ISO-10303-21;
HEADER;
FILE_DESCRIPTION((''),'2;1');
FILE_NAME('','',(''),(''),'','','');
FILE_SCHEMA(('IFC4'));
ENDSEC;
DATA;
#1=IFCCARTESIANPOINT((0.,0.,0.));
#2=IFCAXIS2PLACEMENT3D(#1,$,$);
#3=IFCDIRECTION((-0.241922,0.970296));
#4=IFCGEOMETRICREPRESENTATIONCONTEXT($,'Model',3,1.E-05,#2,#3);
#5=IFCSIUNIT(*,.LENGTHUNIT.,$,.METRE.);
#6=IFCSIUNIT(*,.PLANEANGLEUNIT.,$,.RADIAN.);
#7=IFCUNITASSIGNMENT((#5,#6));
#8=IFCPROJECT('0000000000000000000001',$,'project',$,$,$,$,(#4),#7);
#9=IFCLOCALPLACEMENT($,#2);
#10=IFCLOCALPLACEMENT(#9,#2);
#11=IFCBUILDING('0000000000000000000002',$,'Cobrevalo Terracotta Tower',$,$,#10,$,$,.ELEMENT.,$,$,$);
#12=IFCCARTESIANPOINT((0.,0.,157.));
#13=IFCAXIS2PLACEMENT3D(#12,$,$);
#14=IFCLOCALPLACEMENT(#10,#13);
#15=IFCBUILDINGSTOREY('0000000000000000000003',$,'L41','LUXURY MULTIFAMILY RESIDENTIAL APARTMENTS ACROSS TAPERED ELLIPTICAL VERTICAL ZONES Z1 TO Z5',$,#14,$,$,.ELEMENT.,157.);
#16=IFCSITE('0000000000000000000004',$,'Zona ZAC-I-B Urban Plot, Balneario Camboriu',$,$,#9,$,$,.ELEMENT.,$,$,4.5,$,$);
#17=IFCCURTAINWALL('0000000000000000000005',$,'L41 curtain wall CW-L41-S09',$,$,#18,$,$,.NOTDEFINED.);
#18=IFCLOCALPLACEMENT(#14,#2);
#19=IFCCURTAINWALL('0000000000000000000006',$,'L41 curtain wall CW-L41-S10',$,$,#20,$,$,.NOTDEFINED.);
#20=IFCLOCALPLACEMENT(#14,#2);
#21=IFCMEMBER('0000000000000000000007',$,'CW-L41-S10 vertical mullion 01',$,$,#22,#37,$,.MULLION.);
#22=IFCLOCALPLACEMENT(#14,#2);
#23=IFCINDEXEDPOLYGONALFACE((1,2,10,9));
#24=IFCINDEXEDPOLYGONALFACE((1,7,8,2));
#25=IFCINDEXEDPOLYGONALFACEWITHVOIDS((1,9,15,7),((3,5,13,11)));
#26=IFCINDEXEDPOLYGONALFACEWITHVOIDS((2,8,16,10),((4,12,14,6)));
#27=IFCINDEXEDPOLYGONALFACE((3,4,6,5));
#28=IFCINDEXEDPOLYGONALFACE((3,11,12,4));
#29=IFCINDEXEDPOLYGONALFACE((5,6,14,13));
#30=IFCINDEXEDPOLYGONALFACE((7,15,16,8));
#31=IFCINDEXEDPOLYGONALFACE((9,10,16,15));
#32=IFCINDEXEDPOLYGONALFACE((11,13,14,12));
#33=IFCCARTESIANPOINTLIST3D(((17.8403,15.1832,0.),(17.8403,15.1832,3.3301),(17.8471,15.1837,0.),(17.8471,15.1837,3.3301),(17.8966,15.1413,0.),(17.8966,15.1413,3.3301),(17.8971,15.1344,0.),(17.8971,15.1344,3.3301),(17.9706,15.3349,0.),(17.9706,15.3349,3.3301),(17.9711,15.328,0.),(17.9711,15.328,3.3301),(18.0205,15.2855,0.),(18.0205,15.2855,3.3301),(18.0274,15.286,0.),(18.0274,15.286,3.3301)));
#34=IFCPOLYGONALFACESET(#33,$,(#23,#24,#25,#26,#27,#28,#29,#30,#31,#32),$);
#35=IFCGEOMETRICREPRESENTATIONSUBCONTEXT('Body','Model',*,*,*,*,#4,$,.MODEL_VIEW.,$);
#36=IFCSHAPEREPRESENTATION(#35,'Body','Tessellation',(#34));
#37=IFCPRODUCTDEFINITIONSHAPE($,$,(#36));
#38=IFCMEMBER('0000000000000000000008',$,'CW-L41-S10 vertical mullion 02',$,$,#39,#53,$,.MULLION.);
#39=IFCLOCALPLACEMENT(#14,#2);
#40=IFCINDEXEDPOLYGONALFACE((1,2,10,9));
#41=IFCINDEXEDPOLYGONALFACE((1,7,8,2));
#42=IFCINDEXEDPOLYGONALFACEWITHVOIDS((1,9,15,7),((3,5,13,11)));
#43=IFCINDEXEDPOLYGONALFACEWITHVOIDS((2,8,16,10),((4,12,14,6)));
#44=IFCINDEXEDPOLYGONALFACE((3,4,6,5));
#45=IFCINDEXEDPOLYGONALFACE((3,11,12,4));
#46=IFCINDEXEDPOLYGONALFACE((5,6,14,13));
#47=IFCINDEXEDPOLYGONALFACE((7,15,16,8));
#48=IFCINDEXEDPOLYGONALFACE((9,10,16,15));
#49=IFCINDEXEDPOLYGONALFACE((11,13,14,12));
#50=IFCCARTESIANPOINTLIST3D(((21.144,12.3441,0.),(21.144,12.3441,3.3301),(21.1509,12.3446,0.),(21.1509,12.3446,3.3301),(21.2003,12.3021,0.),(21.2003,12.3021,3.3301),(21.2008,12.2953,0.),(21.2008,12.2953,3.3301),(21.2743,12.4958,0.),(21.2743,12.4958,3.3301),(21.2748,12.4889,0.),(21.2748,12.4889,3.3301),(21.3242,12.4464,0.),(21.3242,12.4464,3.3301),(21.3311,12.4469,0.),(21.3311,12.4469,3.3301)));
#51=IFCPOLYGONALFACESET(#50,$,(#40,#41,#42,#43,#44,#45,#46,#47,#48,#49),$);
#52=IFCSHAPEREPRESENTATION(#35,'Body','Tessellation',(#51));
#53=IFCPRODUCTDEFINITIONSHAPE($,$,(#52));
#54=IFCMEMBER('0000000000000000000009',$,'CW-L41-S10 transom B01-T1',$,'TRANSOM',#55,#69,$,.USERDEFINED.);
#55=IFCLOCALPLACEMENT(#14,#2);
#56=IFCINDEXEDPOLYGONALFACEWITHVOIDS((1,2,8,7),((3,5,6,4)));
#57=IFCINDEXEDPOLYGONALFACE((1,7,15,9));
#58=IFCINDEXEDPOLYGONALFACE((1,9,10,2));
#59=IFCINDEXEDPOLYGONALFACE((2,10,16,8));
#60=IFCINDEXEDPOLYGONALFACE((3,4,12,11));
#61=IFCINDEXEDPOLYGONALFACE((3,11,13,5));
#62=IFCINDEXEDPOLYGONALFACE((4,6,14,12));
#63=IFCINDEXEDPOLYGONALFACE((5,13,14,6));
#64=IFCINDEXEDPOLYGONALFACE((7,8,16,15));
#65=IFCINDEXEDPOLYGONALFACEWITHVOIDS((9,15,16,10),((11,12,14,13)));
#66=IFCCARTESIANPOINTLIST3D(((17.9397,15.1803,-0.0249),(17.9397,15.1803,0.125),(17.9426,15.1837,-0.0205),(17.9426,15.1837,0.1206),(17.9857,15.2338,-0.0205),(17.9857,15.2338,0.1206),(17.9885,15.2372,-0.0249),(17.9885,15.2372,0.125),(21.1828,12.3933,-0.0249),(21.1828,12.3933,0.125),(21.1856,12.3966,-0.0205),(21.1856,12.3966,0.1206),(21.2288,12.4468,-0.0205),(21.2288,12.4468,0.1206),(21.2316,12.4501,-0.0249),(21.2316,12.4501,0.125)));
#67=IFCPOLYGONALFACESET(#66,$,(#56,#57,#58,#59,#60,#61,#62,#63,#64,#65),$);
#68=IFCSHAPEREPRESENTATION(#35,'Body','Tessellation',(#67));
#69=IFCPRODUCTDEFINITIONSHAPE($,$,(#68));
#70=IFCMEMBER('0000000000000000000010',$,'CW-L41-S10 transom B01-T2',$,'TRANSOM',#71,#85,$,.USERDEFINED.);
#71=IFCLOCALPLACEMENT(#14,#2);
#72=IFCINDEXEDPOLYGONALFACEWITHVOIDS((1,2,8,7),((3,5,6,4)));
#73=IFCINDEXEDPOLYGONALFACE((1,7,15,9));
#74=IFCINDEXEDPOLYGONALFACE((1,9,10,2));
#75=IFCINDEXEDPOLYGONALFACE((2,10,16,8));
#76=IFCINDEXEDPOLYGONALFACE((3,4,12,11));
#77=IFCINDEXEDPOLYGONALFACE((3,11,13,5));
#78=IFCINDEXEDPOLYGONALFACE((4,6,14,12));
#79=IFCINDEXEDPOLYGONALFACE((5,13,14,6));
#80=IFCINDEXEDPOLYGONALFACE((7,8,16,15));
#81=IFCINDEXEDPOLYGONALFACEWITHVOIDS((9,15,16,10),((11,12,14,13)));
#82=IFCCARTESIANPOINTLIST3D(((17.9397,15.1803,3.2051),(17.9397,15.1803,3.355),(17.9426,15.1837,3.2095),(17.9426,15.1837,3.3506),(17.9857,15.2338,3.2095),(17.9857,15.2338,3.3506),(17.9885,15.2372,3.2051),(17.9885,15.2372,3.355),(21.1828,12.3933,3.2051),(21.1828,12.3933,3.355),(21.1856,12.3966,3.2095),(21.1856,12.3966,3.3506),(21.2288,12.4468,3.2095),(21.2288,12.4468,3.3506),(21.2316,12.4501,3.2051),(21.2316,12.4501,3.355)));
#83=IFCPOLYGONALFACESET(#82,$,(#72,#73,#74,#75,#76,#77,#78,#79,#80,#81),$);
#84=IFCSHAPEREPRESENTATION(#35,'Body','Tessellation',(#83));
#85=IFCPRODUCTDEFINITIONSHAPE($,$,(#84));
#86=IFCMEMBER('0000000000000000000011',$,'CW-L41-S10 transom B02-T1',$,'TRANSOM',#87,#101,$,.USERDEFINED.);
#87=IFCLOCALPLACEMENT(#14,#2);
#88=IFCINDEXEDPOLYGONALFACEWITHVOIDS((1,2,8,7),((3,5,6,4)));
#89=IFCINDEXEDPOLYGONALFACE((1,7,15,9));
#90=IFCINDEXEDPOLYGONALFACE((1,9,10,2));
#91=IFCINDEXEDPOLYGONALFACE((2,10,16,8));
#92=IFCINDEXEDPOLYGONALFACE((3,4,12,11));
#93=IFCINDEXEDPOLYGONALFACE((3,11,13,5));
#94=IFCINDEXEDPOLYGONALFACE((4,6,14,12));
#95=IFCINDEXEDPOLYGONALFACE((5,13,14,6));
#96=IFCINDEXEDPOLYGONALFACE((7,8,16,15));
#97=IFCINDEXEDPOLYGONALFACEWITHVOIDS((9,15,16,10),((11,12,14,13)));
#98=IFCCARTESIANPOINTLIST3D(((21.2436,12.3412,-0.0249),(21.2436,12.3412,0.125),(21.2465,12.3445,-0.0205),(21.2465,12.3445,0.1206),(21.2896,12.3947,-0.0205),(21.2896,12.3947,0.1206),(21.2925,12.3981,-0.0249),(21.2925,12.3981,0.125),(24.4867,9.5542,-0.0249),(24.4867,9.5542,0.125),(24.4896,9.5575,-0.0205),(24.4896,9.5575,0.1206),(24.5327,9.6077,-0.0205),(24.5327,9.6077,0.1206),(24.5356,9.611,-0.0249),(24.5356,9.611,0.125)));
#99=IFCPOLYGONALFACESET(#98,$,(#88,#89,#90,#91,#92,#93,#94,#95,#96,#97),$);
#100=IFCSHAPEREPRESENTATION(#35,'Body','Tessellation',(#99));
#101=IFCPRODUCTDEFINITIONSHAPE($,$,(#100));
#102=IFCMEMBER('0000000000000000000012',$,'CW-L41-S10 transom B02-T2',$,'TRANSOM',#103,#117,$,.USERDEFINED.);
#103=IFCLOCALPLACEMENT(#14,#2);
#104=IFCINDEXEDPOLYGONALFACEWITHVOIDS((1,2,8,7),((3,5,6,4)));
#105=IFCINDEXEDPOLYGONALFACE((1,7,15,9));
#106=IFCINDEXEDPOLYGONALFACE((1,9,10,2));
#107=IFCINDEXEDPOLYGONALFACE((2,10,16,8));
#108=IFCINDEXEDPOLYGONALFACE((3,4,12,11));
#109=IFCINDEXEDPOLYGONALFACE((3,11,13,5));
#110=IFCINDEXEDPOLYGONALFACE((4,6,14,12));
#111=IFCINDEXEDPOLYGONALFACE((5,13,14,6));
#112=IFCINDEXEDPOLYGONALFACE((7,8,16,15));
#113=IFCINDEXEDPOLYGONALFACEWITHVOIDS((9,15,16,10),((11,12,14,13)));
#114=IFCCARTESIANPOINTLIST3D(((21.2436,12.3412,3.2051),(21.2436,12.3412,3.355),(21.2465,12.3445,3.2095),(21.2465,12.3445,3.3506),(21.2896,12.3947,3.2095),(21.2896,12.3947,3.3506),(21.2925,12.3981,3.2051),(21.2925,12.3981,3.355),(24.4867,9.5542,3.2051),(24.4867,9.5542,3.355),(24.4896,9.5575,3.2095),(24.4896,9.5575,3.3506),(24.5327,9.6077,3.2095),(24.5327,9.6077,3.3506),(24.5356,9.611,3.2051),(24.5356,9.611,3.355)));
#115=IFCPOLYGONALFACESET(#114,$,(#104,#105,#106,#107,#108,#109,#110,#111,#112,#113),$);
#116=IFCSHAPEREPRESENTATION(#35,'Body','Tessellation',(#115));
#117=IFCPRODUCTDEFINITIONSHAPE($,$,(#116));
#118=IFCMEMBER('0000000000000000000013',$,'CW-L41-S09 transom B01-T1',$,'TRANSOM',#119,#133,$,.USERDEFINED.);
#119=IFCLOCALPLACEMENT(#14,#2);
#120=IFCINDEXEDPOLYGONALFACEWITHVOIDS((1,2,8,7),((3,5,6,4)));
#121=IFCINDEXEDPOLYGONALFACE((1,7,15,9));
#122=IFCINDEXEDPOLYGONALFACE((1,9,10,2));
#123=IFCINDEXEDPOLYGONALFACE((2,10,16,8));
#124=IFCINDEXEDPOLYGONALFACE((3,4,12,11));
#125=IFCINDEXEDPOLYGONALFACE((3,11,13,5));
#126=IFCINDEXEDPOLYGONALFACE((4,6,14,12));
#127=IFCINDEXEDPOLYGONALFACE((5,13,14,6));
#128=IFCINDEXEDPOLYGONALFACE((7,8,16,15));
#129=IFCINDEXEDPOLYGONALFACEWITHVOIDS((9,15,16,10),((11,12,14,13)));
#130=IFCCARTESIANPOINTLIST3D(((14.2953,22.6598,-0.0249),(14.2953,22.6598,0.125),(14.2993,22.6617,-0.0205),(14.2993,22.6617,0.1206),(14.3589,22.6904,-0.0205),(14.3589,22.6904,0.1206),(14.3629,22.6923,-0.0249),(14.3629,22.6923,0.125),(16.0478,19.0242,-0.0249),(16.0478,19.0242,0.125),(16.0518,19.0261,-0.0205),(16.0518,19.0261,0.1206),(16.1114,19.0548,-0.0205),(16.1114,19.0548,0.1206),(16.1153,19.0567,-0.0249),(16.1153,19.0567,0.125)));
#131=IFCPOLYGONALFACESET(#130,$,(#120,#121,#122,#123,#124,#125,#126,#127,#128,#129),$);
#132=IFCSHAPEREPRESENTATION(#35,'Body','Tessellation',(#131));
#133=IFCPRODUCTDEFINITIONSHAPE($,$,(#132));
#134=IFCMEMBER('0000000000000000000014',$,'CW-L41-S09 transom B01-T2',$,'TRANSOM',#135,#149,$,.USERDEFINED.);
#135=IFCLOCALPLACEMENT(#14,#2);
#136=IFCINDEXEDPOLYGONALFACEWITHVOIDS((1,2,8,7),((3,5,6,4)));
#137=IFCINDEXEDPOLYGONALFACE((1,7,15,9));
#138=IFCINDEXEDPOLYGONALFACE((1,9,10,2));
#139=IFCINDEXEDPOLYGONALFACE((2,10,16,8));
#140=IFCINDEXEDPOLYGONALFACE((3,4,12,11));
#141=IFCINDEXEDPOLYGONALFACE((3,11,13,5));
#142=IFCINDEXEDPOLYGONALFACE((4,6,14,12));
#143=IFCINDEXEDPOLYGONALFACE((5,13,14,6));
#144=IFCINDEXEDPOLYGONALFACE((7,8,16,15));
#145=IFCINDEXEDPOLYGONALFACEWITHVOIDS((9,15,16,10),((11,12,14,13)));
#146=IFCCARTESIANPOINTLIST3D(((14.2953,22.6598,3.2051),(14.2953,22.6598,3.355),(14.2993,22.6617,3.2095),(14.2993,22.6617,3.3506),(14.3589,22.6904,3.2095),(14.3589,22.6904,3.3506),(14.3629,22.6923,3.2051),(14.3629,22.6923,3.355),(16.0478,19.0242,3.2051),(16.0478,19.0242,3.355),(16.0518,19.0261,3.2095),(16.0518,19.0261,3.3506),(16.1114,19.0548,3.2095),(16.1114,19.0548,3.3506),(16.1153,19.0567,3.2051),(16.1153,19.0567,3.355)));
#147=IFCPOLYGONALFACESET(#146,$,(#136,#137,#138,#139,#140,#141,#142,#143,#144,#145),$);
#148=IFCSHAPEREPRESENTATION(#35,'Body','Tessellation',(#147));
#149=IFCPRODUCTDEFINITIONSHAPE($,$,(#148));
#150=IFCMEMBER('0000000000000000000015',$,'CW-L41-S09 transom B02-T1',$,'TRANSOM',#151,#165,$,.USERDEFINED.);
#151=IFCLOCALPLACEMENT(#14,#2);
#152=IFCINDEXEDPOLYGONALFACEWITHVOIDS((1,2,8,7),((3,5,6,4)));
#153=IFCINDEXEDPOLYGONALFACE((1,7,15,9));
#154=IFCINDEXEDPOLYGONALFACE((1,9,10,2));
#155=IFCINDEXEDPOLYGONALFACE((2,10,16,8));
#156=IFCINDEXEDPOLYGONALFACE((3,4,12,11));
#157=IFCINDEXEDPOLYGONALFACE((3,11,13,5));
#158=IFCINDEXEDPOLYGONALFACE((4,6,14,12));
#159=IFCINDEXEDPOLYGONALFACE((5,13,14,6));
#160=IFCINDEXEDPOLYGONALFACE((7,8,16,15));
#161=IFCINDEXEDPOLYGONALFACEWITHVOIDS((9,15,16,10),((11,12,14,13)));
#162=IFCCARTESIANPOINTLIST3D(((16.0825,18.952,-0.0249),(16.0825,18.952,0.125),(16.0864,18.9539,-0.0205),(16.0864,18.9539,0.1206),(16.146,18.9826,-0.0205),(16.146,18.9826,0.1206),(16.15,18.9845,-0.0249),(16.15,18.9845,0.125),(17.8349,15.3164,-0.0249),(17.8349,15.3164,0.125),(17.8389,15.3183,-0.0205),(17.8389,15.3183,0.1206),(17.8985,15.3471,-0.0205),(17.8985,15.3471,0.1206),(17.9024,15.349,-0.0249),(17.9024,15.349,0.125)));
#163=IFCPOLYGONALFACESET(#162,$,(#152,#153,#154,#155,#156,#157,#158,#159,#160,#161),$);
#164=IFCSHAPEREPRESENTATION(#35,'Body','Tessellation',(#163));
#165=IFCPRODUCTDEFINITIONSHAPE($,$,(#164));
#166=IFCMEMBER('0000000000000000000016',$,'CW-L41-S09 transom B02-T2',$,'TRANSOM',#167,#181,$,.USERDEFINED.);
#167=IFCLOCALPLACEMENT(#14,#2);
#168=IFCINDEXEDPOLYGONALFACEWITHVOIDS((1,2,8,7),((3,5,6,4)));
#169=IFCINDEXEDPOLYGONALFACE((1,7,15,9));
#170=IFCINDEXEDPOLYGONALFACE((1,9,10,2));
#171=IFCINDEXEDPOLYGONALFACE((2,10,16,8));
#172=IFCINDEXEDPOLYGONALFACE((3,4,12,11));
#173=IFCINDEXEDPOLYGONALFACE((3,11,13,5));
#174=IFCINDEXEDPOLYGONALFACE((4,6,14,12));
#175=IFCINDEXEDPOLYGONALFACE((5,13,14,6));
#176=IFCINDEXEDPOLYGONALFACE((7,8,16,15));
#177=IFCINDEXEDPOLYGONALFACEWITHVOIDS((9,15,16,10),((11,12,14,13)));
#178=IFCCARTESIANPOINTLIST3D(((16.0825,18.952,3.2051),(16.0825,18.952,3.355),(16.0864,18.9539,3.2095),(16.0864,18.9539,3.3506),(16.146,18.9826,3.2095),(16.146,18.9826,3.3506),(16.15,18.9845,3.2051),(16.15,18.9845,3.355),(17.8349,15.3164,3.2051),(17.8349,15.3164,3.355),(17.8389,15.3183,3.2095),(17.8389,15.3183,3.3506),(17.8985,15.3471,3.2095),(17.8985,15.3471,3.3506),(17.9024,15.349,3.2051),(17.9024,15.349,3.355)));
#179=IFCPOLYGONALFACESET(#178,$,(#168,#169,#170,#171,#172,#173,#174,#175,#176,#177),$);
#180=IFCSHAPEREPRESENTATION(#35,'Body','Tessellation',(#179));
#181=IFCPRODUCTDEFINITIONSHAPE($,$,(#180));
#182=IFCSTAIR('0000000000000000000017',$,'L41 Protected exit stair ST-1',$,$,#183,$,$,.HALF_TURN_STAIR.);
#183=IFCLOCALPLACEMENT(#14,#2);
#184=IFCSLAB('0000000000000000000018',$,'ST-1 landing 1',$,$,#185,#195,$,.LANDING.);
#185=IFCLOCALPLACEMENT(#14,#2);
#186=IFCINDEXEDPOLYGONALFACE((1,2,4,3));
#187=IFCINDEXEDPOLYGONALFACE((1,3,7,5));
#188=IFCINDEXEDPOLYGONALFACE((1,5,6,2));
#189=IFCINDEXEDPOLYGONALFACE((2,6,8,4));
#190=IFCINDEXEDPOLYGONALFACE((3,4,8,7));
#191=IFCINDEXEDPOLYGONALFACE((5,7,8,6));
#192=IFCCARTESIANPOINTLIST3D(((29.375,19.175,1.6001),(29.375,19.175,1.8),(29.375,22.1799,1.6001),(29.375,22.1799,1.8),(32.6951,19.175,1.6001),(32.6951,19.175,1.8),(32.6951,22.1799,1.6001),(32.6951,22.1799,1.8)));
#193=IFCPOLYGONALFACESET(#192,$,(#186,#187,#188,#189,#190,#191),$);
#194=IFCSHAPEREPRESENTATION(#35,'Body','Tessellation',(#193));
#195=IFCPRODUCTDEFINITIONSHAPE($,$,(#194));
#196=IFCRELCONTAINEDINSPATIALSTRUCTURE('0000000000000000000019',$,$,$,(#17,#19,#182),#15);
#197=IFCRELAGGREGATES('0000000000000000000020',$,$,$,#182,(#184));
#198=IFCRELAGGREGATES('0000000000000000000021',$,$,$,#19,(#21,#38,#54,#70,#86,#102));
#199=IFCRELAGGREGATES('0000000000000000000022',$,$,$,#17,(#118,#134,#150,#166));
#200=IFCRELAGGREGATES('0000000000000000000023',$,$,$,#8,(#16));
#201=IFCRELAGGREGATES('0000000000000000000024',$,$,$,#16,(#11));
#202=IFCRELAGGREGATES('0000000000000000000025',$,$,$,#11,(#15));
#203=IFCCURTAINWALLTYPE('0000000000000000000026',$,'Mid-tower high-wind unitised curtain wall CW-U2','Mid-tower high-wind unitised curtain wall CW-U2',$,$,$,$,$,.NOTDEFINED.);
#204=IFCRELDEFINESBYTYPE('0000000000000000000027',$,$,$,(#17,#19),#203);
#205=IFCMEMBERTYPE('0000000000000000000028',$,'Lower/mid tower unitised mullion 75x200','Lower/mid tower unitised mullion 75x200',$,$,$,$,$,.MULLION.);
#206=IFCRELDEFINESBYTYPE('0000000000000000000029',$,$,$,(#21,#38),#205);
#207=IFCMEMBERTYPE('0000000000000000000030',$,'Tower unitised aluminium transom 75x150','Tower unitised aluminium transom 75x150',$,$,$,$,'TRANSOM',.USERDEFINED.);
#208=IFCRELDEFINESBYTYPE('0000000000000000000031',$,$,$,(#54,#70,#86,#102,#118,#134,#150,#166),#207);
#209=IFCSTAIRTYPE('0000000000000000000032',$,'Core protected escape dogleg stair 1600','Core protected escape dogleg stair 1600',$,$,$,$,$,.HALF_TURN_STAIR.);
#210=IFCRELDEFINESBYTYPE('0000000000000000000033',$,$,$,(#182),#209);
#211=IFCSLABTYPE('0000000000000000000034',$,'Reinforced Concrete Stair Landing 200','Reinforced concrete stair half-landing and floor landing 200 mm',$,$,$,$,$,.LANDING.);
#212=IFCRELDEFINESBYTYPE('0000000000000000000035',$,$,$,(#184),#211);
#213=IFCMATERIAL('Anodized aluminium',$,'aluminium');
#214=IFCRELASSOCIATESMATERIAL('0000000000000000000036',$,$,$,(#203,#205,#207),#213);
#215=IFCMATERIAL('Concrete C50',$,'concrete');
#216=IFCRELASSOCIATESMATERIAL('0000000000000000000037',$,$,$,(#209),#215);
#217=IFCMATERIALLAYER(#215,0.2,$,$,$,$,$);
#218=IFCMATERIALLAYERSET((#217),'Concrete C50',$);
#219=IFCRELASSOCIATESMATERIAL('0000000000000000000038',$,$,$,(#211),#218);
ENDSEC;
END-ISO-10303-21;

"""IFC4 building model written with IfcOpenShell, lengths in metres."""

from ifc_helpers import new_model, si_unit, direction, frame, origin, origin_2d, place, context, subcontext, project, spatial, polyline, hollow_rectangle, outline, extrude, source, transform, mapped, material, layer, layer_set, material_profile, profile_set, type_object, element, aggregate, save


model = new_model("IFC4")

# Units and contexts
model_context = context("Model", 3, precision=1e-05, world=origin(), true_north=direction((-0.241922, 0.970296)))
body_context = subcontext(model_context, "Body", "Model", "MODEL_VIEW")
ifc_project = project(units=[si_unit("LENGTHUNIT", "METRE"), si_unit("PLANEANGLEUNIT", "RADIAN")], contexts=[model_context])

# Site, building, storey
site_placement = place(None, origin())
site = spatial("IfcSite", under=ifc_project, at=site_placement, Name="Zona ZAC-I-B Urban Plot, Balneario Camboriu", CompositionType="ELEMENT", RefElevation=4.5)
building_placement = place(site_placement, origin())
building = spatial("IfcBuilding", under=site, at=building_placement, Name="Cobrevalo Terracotta Tower", CompositionType="ELEMENT")
storey_placement = place(building_placement, frame((0.0, 0.0, 157.0)))
storey = spatial("IfcBuildingStorey", under=building, at=storey_placement, Name="L41", Description="LUXURY MULTIFAMILY RESIDENTIAL APARTMENTS ACROSS TAPERED ELLIPTICAL VERTICAL ZONES Z1 TO Z5", CompositionType="ELEMENT", Elevation=157.0)

# Curtain walls, members
ifc_material_1 = material(Name="Anodized aluminium", Category="aluminium")
curtain_wall_type = type_object("IfcCurtainWallType", Name="Mid-tower high-wind unitised curtain wall CW-U2", Description="Mid-tower high-wind unitised curtain wall CW-U2", PredefinedType="NOTDEFINED", material=ifc_material_1)
curtain_wall_1_placement = place(storey_placement, origin())
curtain_wall_1 = element("IfcCurtainWall", 1, at=curtain_wall_1_placement, inside=storey, type_object=curtain_wall_type, Name="L41 curtain wall CW-L41-S09", PredefinedType="NOTDEFINED")
ifc_material_profile_1 = material_profile(ifc_material_1, hollow_rectangle(XDim=0.075, YDim=0.2, WallThickness=0.0049, at=origin_2d()), Name="CWM 75x200")
ifc_profile_set_1 = profile_set([ifc_material_profile_1], Name="Anodized aluminium")
member_type_1 = type_object("IfcMemberType", Name="Lower/mid tower unitised mullion 75x200", Description="Lower/mid tower unitised mullion 75x200", PredefinedType="MULLION", material=ifc_profile_set_1)
shared_shape_1 = source(origin(), body_context, "Body", "SweptSolid", [
    extrude(hollow_rectangle(XDim=0.075, YDim=0.2, WallThickness=0.0049, at=origin_2d()), origin(), (0.0, 0.0, 1.0), 3.3301),
])
curtain_wall_2_placement = place(storey_placement, origin())
curtain_wall_2 = element("IfcCurtainWall", 2, at=curtain_wall_2_placement, inside=storey, type_object=curtain_wall_type, Name="L41 curtain wall CW-L41-S10", PredefinedType="NOTDEFINED")
member_1_placement = place(storey_placement, frame((17.9338, 15.2346, 0.0), z_axis=(0.0, 0.0, 1.0), x_axis=(0.758442, -0.651741, 0.0)))
member_1 = element("IfcMember", 3, at=member_1_placement, type_object=member_type_1, Name="CW-L41-S10 vertical mullion 01", PredefinedType="MULLION", context=body_context, shape_type="MappedRepresentation", body=[
    mapped(shared_shape_1, transform((0.0, 0.0, 0.0), scale=1.0)),
])
member_2_placement = place(storey_placement, frame((21.2375, 12.3955, 0.0), z_axis=(0.0, 0.0, 1.0), x_axis=(0.758442, -0.651741, 0.0)))
member_2 = element("IfcMember", 4, at=member_2_placement, type_object=member_type_1, Name="CW-L41-S10 vertical mullion 02", PredefinedType="MULLION", context=body_context, shape_type="MappedRepresentation", body=[
    mapped(shared_shape_1, transform((0.0, 0.0, 0.0), scale=1.0)),
])
ifc_material_profile_2 = material_profile(ifc_material_1, hollow_rectangle(XDim=0.075, YDim=0.1499, WallThickness=0.0044, at=origin_2d()), Name="CWT 75x150")
ifc_profile_set_2 = profile_set([ifc_material_profile_2], Name="Anodized aluminium")
member_type_2 = type_object("IfcMemberType", Name="Tower unitised aluminium transom 75x150", Description="Tower unitised aluminium transom 75x150", ElementType="TRANSOM", PredefinedType="USERDEFINED", material=ifc_profile_set_2)
shared_shape_2 = source(origin(), body_context, "Body", "SweptSolid", [
    extrude(hollow_rectangle(XDim=0.075, YDim=0.1499, WallThickness=0.0044, at=origin_2d()), origin(), (0.0, 0.0, 1.0), 4.2761),
])
member_3_placement = place(storey_placement, frame((17.9641, 15.2087, 0.05), z_axis=(0.758418, -0.651769, 0.0), x_axis=(0.651769, 0.758418, 0.0)))
member_3 = element("IfcMember", 5, at=member_3_placement, type_object=member_type_2, Name="CW-L41-S10 transom B01-T1", ObjectType="TRANSOM", PredefinedType="USERDEFINED", context=body_context, shape_type="MappedRepresentation", body=[
    mapped(shared_shape_2, transform((0.0, 0.0, 0.0), scale=1.0)),
])
member_4_placement = place(storey_placement, frame((17.9641, 15.2087, 3.28), z_axis=(0.758418, -0.651769, 0.0), x_axis=(0.651769, 0.758418, 0.0)))
member_4 = element("IfcMember", 6, at=member_4_placement, type_object=member_type_2, Name="CW-L41-S10 transom B01-T2", ObjectType="TRANSOM", PredefinedType="USERDEFINED", context=body_context, shape_type="MappedRepresentation", body=[
    mapped(shared_shape_2, transform((0.0, 0.0, 0.0), scale=1.0)),
])
member_5_placement = place(storey_placement, frame((21.2681, 12.3696, 0.05), z_axis=(0.758418, -0.651769, 0.0), x_axis=(0.651769, 0.758418, 0.0)))
member_5 = element("IfcMember", 7, at=member_5_placement, type_object=member_type_2, Name="CW-L41-S10 transom B02-T1", ObjectType="TRANSOM", PredefinedType="USERDEFINED", context=body_context, shape_type="MappedRepresentation", body=[
    mapped(shared_shape_2, transform((0.0, 0.0, 0.0), scale=1.0)),
])
member_6_placement = place(storey_placement, frame((21.2681, 12.3696, 3.28), z_axis=(0.758418, -0.651769, 0.0), x_axis=(0.651769, 0.758418, 0.0)))
member_6 = element("IfcMember", 8, at=member_6_placement, type_object=member_type_2, Name="CW-L41-S10 transom B02-T2", ObjectType="TRANSOM", PredefinedType="USERDEFINED", context=body_context, shape_type="MappedRepresentation", body=[
    mapped(shared_shape_2, transform((0.0, 0.0, 0.0), scale=1.0)),
])

# Members
shared_shape_3 = source(origin(), body_context, "Body", "SweptSolid", [
    extrude(hollow_rectangle(XDim=0.075, YDim=0.1499, WallThickness=0.0044, at=origin_2d()), origin(), (0.0, 0.0, 1.0), 4.0359),
])
member_7_placement = place(storey_placement, frame((14.3291, 22.676, 0.05), z_axis=(0.434221, -0.900806, 0.0), x_axis=(0.900806, 0.434221, 0.0)))
member_7 = element("IfcMember", 9, at=member_7_placement, type_object=member_type_2, Name="CW-L41-S09 transom B01-T1", ObjectType="TRANSOM", PredefinedType="USERDEFINED", context=body_context, shape_type="MappedRepresentation", body=[
    mapped(shared_shape_3, transform((0.0, 0.0, 0.0), scale=1.0)),
])
member_8_placement = place(storey_placement, frame((14.3291, 22.676, 3.28), z_axis=(0.434221, -0.900806, 0.0), x_axis=(0.900806, 0.434221, 0.0)))
member_8 = element("IfcMember", 10, at=member_8_placement, type_object=member_type_2, Name="CW-L41-S09 transom B01-T2", ObjectType="TRANSOM", PredefinedType="USERDEFINED", context=body_context, shape_type="MappedRepresentation", body=[
    mapped(shared_shape_3, transform((0.0, 0.0, 0.0), scale=1.0)),
])
member_9_placement = place(storey_placement, frame((16.1162, 18.9683, 0.05), z_axis=(0.434221, -0.900806, 0.0), x_axis=(0.900806, 0.434221, 0.0)))
member_9 = element("IfcMember", 11, at=member_9_placement, type_object=member_type_2, Name="CW-L41-S09 transom B02-T1", ObjectType="TRANSOM", PredefinedType="USERDEFINED", context=body_context, shape_type="MappedRepresentation", body=[
    mapped(shared_shape_3, transform((0.0, 0.0, 0.0), scale=1.0)),
])
member_10_placement = place(storey_placement, frame((16.1162, 18.9683, 3.28), z_axis=(0.434221, -0.900806, 0.0), x_axis=(0.900806, 0.434221, 0.0)))
member_10 = element("IfcMember", 12, at=member_10_placement, type_object=member_type_2, Name="CW-L41-S09 transom B02-T2", ObjectType="TRANSOM", PredefinedType="USERDEFINED", context=body_context, shape_type="MappedRepresentation", body=[
    mapped(shared_shape_3, transform((0.0, 0.0, 0.0), scale=1.0)),
])

# Stair, slab
ifc_material_2 = material(Name="Concrete C50", Category="concrete")
stair_type = type_object("IfcStairType", Name="Core protected escape dogleg stair 1600", Description="Core protected escape dogleg stair 1600", PredefinedType="HALF_TURN_STAIR", material=ifc_material_2)
stair_1_placement = place(storey_placement, origin())
stair_1 = element("IfcStair", 13, at=stair_1_placement, inside=storey, type_object=stair_type, Name="L41 Protected exit stair ST-1", PredefinedType="HALF_TURN_STAIR")
ifc_layer_1 = layer(ifc_material_2, 0.2)
ifc_layer_set_1 = layer_set([ifc_layer_1], Name="Concrete C50")
slab_type_1 = type_object("IfcSlabType", Name="Reinforced Concrete Stair Landing 200", Description="Reinforced concrete stair half-landing and floor landing 200 mm", PredefinedType="LANDING", material=ifc_layer_set_1)
slab_1_placement = place(storey_placement, frame((0.0, 0.0, 1.6001)))
slab_1 = element("IfcSlab", 14, at=slab_1_placement, type_object=slab_type_1, Name="ST-1 landing 1", PredefinedType="LANDING", context=body_context, shape_type="SweptSolid", body=[
    extrude(outline(polyline([(29.375, 22.1799), (29.375, 19.175), (32.6951, 19.175), (32.6951, 22.1799), (29.375, 22.1799)])), origin(), (0.0, 0.0, 1.0), 0.2),
])
aggregate(stair_1, [slab_1])

aggregate(curtain_wall_2, [member_1, member_2, member_3, member_4, member_5, member_6])
aggregate(curtain_wall_1, [member_7, member_8, member_9, member_10])

save(model, "model.ifc")
